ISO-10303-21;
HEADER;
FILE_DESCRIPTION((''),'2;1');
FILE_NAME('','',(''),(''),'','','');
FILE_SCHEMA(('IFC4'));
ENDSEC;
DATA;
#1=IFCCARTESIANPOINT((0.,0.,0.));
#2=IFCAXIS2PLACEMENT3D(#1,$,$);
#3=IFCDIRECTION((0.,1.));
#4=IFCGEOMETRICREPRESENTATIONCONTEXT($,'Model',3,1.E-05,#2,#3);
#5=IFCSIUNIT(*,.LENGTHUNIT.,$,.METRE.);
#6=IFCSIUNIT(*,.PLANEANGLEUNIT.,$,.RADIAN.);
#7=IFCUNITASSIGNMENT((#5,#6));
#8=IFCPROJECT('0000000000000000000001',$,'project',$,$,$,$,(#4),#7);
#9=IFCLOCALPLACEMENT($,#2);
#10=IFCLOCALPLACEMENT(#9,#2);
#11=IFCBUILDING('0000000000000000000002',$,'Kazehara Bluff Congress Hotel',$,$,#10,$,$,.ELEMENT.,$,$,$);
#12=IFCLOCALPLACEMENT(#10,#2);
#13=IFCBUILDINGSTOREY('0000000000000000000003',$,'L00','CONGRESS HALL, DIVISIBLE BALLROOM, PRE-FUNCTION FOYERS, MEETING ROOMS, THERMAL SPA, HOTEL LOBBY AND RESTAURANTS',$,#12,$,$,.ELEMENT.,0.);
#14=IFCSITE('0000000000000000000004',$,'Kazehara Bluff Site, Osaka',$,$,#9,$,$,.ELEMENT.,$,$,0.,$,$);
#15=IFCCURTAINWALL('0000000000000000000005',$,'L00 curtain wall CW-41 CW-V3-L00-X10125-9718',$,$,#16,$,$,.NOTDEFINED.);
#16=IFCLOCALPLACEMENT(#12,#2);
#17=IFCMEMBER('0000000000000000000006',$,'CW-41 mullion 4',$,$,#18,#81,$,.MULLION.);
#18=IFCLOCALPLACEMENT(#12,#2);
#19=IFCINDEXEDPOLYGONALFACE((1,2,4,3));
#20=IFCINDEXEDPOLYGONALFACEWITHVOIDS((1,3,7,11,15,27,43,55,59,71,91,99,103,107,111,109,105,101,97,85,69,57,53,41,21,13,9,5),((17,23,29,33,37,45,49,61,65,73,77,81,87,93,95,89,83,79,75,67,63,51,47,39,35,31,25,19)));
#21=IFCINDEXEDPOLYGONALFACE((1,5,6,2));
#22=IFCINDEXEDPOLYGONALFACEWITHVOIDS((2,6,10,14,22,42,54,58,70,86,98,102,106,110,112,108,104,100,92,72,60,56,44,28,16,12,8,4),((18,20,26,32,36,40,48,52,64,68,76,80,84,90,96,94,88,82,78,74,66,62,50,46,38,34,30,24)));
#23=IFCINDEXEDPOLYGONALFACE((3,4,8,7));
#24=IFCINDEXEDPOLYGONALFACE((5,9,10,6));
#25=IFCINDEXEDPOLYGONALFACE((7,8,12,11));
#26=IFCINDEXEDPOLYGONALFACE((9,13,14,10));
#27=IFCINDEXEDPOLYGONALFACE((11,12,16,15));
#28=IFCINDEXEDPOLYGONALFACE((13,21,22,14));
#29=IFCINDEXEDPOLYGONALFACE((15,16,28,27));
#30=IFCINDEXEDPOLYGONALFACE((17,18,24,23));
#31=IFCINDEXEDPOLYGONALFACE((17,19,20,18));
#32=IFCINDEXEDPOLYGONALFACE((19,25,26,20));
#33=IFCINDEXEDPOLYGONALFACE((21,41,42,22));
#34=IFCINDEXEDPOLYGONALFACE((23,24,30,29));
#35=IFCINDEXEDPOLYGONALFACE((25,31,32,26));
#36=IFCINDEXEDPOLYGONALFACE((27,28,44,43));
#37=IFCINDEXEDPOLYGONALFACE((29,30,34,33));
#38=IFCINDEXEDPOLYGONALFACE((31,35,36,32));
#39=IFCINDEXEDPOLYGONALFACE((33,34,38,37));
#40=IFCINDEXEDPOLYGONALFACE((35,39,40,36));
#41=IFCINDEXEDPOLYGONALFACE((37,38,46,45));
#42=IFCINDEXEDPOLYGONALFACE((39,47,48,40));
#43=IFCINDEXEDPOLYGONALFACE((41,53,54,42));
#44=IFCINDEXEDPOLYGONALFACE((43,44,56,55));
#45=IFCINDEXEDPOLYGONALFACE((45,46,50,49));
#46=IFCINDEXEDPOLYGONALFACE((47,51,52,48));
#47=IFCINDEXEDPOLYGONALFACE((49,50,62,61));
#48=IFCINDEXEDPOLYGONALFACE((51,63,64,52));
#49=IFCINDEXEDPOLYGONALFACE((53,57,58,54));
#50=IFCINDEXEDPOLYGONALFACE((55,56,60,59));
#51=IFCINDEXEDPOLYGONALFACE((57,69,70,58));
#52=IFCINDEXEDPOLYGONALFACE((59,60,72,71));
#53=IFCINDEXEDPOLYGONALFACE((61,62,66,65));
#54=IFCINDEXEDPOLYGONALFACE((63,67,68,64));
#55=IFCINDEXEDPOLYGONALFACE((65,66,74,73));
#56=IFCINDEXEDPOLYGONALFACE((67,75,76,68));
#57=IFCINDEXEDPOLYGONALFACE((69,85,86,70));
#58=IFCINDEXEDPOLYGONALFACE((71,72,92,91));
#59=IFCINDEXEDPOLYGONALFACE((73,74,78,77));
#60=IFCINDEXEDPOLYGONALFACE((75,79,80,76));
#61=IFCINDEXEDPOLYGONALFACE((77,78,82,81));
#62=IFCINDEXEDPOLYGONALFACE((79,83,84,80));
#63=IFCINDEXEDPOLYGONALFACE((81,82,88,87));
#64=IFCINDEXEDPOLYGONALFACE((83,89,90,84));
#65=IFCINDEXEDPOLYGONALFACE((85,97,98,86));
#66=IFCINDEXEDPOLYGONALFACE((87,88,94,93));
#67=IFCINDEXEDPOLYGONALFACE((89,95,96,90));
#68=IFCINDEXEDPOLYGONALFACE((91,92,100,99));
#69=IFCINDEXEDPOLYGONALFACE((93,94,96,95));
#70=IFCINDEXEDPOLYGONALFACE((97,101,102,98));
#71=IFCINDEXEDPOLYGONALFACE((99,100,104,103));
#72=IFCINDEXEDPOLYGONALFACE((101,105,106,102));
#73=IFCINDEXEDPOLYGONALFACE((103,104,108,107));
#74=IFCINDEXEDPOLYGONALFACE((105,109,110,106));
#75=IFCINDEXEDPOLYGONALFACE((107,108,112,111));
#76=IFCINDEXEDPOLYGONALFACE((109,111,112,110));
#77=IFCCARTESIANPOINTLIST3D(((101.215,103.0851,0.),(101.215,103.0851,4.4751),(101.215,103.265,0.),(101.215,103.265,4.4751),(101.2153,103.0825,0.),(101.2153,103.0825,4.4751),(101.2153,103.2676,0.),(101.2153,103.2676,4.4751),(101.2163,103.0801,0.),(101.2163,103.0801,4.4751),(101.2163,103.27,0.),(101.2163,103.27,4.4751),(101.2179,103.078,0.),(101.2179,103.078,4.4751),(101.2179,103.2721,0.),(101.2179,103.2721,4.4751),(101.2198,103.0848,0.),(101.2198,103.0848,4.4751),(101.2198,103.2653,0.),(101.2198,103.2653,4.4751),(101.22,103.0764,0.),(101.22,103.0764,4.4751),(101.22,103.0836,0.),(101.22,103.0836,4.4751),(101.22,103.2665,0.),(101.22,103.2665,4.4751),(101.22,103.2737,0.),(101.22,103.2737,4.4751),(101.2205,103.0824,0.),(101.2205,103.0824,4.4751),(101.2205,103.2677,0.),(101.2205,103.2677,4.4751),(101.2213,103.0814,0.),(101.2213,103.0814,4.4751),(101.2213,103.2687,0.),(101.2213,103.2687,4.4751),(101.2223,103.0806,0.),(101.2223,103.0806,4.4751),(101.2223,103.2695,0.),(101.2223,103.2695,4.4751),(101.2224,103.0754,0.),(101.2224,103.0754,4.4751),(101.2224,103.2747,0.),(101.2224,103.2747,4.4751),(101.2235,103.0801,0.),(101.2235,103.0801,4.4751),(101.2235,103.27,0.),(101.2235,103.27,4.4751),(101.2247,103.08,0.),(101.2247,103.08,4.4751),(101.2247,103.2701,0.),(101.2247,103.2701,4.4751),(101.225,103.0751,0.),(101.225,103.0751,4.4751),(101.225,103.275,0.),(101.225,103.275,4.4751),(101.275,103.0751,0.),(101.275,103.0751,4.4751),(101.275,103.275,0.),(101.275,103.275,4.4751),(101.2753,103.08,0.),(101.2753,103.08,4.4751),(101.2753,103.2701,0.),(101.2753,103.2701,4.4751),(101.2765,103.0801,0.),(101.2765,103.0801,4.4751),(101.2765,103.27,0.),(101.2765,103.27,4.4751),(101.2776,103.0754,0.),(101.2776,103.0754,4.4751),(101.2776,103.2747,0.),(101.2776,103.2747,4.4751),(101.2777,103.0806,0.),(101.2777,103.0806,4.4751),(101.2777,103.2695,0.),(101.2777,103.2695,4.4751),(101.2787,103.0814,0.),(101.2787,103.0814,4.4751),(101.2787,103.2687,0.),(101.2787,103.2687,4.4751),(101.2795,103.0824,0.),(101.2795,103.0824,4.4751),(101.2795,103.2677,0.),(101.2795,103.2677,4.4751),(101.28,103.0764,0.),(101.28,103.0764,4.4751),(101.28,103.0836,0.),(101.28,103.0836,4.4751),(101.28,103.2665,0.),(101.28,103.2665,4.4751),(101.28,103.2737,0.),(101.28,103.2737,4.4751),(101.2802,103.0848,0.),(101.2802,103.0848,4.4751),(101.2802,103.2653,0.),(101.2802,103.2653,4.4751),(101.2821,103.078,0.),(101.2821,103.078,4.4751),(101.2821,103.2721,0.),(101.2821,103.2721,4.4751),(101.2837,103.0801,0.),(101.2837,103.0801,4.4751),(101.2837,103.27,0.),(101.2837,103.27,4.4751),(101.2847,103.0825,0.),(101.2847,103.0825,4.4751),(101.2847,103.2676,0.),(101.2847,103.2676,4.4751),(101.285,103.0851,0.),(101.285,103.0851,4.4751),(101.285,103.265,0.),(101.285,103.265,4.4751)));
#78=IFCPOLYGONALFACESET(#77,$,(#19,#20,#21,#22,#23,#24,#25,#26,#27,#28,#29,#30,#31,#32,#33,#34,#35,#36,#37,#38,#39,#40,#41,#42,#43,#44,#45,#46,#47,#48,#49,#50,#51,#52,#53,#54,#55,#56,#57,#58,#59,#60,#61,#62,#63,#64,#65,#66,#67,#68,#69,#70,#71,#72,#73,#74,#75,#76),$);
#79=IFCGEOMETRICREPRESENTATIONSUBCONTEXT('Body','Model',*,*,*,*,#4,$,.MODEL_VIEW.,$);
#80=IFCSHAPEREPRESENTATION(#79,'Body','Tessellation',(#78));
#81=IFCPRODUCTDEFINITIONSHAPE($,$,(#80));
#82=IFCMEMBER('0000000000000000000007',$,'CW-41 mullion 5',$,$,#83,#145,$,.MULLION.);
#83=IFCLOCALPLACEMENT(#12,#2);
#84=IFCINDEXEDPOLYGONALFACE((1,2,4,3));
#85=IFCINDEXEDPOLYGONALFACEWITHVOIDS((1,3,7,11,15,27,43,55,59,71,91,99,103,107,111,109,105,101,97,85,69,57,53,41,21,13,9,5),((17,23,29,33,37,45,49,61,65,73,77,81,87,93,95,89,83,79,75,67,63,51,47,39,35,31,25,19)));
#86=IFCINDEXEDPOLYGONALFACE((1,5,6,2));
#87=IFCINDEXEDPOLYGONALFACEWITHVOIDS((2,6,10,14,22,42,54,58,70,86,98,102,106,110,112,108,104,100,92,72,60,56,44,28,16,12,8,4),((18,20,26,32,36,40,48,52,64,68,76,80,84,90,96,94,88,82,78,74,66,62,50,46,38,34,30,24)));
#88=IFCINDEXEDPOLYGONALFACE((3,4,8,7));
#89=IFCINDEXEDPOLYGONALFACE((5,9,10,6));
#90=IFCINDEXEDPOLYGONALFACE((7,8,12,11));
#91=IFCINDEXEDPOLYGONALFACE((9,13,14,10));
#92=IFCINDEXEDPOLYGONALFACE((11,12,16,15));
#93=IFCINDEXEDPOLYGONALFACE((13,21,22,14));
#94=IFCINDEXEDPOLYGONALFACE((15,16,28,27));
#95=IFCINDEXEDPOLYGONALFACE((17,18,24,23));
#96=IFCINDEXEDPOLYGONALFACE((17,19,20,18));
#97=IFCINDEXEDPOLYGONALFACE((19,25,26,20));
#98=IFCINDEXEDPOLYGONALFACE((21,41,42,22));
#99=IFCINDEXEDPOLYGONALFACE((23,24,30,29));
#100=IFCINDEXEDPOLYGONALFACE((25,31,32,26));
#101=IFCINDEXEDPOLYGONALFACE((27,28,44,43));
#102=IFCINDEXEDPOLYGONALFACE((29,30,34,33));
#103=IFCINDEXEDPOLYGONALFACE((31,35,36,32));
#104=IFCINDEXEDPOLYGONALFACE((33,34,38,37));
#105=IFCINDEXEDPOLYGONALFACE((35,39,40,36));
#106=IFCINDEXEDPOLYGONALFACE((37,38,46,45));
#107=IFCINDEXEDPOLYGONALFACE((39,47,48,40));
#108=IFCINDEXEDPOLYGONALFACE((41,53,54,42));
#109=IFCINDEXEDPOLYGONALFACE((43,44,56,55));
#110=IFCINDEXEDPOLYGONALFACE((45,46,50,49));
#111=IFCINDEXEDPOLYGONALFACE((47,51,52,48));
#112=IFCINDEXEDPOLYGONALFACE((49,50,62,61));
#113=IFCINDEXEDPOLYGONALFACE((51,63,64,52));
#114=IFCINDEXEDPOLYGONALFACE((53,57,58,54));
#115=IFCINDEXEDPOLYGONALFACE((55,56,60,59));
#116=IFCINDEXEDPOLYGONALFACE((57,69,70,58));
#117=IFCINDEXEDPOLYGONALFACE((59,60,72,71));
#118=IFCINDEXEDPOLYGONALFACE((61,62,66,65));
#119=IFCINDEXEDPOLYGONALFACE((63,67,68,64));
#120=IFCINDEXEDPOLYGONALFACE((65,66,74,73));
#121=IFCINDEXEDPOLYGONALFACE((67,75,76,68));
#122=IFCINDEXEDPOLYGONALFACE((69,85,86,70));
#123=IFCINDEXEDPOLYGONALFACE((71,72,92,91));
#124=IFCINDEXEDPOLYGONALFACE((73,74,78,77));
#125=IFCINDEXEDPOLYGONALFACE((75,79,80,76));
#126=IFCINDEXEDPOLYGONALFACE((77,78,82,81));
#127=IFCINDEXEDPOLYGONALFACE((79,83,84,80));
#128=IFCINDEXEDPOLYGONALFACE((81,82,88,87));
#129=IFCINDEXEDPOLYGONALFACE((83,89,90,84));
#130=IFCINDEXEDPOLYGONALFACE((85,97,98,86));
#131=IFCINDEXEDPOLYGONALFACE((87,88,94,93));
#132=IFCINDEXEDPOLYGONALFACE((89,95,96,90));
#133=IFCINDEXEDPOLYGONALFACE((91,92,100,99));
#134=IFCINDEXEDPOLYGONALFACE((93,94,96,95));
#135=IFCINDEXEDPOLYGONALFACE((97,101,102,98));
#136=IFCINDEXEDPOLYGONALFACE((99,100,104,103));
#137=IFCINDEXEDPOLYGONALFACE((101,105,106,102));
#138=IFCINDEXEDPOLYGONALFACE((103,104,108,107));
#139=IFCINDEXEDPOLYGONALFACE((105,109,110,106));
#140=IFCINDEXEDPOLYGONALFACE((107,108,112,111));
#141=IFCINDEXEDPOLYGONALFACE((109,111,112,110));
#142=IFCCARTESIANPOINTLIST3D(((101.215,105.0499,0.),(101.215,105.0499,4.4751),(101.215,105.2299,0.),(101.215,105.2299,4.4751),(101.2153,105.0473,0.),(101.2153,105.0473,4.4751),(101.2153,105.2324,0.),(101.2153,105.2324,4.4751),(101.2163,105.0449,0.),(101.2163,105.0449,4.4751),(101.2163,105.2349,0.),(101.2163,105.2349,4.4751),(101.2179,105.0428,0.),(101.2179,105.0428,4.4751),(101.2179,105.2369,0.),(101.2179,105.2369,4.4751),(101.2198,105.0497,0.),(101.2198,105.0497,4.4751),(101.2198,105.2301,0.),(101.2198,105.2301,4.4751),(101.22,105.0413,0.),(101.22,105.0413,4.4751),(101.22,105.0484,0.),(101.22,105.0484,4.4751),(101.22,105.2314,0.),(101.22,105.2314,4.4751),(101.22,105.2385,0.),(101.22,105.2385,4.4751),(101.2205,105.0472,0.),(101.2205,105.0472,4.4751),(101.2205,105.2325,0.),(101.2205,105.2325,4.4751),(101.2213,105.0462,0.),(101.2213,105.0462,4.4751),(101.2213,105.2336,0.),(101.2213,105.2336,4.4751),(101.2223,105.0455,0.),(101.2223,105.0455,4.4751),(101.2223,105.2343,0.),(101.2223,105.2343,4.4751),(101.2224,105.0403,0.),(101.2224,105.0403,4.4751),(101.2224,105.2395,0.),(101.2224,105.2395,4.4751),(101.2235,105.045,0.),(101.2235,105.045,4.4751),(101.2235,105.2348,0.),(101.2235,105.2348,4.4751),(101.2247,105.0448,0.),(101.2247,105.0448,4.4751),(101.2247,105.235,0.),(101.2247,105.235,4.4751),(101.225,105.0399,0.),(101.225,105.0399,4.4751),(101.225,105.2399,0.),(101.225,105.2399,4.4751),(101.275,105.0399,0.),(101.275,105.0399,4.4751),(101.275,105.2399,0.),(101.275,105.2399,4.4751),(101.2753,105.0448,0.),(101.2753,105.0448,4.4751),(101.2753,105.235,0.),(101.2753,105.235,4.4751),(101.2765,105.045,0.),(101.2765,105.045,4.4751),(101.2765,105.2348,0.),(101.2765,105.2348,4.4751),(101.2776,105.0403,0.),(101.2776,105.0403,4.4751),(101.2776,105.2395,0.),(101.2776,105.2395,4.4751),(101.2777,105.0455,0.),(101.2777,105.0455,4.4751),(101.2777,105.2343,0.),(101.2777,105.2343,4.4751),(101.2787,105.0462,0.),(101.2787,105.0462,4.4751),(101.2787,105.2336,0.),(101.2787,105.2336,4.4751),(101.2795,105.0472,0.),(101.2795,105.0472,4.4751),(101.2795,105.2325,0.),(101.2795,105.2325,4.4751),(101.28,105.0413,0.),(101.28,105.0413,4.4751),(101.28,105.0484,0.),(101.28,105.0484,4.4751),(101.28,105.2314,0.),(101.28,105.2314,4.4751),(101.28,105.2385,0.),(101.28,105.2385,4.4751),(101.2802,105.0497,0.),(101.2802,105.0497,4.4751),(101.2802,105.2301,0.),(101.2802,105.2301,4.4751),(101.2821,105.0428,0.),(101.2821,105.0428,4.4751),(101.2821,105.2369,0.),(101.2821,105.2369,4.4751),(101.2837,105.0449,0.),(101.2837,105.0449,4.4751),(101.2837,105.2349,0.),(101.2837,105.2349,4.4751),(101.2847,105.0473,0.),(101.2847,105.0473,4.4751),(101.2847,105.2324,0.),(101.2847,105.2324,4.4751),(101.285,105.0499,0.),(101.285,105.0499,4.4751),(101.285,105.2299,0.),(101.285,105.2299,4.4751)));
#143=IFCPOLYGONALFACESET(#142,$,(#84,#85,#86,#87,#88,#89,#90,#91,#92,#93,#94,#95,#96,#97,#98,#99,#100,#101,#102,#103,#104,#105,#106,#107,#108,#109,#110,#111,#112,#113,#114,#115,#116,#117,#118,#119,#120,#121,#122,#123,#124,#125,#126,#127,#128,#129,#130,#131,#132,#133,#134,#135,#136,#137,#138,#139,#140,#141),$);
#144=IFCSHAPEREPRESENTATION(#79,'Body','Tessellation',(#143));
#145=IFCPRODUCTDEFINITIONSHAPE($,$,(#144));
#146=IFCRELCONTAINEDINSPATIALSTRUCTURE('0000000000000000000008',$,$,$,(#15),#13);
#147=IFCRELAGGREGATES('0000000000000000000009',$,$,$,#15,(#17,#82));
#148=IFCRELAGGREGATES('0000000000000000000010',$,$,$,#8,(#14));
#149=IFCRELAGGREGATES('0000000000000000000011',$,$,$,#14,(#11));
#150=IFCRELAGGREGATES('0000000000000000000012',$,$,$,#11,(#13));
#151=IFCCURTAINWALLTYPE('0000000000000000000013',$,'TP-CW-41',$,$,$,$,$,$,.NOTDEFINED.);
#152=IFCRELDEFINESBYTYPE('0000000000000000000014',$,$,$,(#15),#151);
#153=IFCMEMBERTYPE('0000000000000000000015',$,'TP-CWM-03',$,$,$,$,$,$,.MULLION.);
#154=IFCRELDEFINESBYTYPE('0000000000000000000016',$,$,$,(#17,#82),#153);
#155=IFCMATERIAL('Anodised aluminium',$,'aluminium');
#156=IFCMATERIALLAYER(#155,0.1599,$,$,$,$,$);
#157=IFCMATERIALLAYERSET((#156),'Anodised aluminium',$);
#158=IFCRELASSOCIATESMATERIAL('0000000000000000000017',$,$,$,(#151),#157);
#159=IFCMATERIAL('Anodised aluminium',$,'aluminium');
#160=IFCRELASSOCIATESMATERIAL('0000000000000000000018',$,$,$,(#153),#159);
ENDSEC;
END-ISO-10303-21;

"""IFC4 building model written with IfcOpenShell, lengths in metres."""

from ifc_helpers import new_model, si_unit, direction, frame, origin, origin_2d, place, context, subcontext, project, spatial, hollow_rectangle, extrude, material, layer, layer_set, material_profile, profile_set, type_object, element, aggregate, save


model = new_model("IFC4")

# Units and contexts
model_context = context("Model", 3, precision=1e-05, world=origin(), true_north=direction((0.0, 1.0)))
body_context = subcontext(model_context, "Body", "Model", "MODEL_VIEW")
ifc_project = project(units=[si_unit("LENGTHUNIT", "METRE"), si_unit("PLANEANGLEUNIT", "RADIAN")], contexts=[model_context])

# Site, building, storey
site_placement = place(None, origin())
site = spatial("IfcSite", under=ifc_project, at=site_placement, Name="Kazehara Bluff Site, Osaka", CompositionType="ELEMENT", RefElevation=0.0)
building_placement = place(site_placement, origin())
building = spatial("IfcBuilding", under=site, at=building_placement, Name="Kazehara Bluff Congress Hotel", CompositionType="ELEMENT")
storey_placement = place(building_placement, origin())
storey = spatial("IfcBuildingStorey", under=building, at=storey_placement, Name="L00", Description="CONGRESS HALL, DIVISIBLE BALLROOM, PRE-FUNCTION FOYERS, MEETING ROOMS, THERMAL SPA, HOTEL LOBBY AND RESTAURANTS", CompositionType="ELEMENT", Elevation=0.0)

# Curtain wall, members
ifc_material_1 = material(Name="Anodised aluminium", Category="aluminium")
ifc_layer_1 = layer(ifc_material_1, 0.1599)
ifc_layer_set_1 = layer_set([ifc_layer_1], Name="Anodised aluminium")
curtain_wall_type_1 = type_object("IfcCurtainWallType", Name="TP-CW-41", PredefinedType="NOTDEFINED", material=ifc_layer_set_1)
curtain_wall_1_placement = place(storey_placement, origin())
curtain_wall_1 = element("IfcCurtainWall", 1, at=curtain_wall_1_placement, inside=storey, type_object=curtain_wall_type_1, Name="L00 curtain wall CW-41 CW-V3-L00-X10125-9718", PredefinedType="NOTDEFINED")
ifc_material_2 = material(Name="Anodised aluminium", Category="aluminium")
ifc_material_profile_1 = material_profile(ifc_material_2, hollow_rectangle(XDim=0.0701, YDim=0.2, WallThickness=0.0049, InnerFilletRadius=0.0049, OuterFilletRadius=0.01, at=origin_2d()))
ifc_profile_set_1 = profile_set([ifc_material_profile_1], Name="Anodised aluminium")
member_type_1 = type_object("IfcMemberType", Name="TP-CWM-03", PredefinedType="MULLION", material=ifc_profile_set_1)
member_1_placement = place(storey_placement, frame((101.25, 103.175, 0.0), z_axis=(0.0, 0.0, 1.0), x_axis=(-1.0, 0.0, 0.0)))
member_1 = element("IfcMember", 2, at=member_1_placement, type_object=member_type_1, Name="CW-41 mullion 4", PredefinedType="MULLION", context=body_context, shape_type="SweptSolid", body=[
    extrude(hollow_rectangle(XDim=0.0701, YDim=0.2, WallThickness=0.0049, InnerFilletRadius=0.0049, OuterFilletRadius=0.01, at=origin_2d()), origin(), (0.0, 0.0, 1.0), 4.4751),
])
member_2_placement = place(storey_placement, frame((101.25, 105.1399, 0.0), z_axis=(0.0, 0.0, 1.0), x_axis=(-1.0, 0.0, 0.0)))
member_2 = element("IfcMember", 3, at=member_2_placement, type_object=member_type_1, Name="CW-41 mullion 5", PredefinedType="MULLION", context=body_context, shape_type="SweptSolid", body=[
    extrude(hollow_rectangle(XDim=0.0701, YDim=0.2, WallThickness=0.0049, InnerFilletRadius=0.0049, OuterFilletRadius=0.01, at=origin_2d()), origin(), (0.0, 0.0, 1.0), 4.4751),
])

aggregate(curtain_wall_1, [member_1, member_2])

save(model, "model.ifc")
